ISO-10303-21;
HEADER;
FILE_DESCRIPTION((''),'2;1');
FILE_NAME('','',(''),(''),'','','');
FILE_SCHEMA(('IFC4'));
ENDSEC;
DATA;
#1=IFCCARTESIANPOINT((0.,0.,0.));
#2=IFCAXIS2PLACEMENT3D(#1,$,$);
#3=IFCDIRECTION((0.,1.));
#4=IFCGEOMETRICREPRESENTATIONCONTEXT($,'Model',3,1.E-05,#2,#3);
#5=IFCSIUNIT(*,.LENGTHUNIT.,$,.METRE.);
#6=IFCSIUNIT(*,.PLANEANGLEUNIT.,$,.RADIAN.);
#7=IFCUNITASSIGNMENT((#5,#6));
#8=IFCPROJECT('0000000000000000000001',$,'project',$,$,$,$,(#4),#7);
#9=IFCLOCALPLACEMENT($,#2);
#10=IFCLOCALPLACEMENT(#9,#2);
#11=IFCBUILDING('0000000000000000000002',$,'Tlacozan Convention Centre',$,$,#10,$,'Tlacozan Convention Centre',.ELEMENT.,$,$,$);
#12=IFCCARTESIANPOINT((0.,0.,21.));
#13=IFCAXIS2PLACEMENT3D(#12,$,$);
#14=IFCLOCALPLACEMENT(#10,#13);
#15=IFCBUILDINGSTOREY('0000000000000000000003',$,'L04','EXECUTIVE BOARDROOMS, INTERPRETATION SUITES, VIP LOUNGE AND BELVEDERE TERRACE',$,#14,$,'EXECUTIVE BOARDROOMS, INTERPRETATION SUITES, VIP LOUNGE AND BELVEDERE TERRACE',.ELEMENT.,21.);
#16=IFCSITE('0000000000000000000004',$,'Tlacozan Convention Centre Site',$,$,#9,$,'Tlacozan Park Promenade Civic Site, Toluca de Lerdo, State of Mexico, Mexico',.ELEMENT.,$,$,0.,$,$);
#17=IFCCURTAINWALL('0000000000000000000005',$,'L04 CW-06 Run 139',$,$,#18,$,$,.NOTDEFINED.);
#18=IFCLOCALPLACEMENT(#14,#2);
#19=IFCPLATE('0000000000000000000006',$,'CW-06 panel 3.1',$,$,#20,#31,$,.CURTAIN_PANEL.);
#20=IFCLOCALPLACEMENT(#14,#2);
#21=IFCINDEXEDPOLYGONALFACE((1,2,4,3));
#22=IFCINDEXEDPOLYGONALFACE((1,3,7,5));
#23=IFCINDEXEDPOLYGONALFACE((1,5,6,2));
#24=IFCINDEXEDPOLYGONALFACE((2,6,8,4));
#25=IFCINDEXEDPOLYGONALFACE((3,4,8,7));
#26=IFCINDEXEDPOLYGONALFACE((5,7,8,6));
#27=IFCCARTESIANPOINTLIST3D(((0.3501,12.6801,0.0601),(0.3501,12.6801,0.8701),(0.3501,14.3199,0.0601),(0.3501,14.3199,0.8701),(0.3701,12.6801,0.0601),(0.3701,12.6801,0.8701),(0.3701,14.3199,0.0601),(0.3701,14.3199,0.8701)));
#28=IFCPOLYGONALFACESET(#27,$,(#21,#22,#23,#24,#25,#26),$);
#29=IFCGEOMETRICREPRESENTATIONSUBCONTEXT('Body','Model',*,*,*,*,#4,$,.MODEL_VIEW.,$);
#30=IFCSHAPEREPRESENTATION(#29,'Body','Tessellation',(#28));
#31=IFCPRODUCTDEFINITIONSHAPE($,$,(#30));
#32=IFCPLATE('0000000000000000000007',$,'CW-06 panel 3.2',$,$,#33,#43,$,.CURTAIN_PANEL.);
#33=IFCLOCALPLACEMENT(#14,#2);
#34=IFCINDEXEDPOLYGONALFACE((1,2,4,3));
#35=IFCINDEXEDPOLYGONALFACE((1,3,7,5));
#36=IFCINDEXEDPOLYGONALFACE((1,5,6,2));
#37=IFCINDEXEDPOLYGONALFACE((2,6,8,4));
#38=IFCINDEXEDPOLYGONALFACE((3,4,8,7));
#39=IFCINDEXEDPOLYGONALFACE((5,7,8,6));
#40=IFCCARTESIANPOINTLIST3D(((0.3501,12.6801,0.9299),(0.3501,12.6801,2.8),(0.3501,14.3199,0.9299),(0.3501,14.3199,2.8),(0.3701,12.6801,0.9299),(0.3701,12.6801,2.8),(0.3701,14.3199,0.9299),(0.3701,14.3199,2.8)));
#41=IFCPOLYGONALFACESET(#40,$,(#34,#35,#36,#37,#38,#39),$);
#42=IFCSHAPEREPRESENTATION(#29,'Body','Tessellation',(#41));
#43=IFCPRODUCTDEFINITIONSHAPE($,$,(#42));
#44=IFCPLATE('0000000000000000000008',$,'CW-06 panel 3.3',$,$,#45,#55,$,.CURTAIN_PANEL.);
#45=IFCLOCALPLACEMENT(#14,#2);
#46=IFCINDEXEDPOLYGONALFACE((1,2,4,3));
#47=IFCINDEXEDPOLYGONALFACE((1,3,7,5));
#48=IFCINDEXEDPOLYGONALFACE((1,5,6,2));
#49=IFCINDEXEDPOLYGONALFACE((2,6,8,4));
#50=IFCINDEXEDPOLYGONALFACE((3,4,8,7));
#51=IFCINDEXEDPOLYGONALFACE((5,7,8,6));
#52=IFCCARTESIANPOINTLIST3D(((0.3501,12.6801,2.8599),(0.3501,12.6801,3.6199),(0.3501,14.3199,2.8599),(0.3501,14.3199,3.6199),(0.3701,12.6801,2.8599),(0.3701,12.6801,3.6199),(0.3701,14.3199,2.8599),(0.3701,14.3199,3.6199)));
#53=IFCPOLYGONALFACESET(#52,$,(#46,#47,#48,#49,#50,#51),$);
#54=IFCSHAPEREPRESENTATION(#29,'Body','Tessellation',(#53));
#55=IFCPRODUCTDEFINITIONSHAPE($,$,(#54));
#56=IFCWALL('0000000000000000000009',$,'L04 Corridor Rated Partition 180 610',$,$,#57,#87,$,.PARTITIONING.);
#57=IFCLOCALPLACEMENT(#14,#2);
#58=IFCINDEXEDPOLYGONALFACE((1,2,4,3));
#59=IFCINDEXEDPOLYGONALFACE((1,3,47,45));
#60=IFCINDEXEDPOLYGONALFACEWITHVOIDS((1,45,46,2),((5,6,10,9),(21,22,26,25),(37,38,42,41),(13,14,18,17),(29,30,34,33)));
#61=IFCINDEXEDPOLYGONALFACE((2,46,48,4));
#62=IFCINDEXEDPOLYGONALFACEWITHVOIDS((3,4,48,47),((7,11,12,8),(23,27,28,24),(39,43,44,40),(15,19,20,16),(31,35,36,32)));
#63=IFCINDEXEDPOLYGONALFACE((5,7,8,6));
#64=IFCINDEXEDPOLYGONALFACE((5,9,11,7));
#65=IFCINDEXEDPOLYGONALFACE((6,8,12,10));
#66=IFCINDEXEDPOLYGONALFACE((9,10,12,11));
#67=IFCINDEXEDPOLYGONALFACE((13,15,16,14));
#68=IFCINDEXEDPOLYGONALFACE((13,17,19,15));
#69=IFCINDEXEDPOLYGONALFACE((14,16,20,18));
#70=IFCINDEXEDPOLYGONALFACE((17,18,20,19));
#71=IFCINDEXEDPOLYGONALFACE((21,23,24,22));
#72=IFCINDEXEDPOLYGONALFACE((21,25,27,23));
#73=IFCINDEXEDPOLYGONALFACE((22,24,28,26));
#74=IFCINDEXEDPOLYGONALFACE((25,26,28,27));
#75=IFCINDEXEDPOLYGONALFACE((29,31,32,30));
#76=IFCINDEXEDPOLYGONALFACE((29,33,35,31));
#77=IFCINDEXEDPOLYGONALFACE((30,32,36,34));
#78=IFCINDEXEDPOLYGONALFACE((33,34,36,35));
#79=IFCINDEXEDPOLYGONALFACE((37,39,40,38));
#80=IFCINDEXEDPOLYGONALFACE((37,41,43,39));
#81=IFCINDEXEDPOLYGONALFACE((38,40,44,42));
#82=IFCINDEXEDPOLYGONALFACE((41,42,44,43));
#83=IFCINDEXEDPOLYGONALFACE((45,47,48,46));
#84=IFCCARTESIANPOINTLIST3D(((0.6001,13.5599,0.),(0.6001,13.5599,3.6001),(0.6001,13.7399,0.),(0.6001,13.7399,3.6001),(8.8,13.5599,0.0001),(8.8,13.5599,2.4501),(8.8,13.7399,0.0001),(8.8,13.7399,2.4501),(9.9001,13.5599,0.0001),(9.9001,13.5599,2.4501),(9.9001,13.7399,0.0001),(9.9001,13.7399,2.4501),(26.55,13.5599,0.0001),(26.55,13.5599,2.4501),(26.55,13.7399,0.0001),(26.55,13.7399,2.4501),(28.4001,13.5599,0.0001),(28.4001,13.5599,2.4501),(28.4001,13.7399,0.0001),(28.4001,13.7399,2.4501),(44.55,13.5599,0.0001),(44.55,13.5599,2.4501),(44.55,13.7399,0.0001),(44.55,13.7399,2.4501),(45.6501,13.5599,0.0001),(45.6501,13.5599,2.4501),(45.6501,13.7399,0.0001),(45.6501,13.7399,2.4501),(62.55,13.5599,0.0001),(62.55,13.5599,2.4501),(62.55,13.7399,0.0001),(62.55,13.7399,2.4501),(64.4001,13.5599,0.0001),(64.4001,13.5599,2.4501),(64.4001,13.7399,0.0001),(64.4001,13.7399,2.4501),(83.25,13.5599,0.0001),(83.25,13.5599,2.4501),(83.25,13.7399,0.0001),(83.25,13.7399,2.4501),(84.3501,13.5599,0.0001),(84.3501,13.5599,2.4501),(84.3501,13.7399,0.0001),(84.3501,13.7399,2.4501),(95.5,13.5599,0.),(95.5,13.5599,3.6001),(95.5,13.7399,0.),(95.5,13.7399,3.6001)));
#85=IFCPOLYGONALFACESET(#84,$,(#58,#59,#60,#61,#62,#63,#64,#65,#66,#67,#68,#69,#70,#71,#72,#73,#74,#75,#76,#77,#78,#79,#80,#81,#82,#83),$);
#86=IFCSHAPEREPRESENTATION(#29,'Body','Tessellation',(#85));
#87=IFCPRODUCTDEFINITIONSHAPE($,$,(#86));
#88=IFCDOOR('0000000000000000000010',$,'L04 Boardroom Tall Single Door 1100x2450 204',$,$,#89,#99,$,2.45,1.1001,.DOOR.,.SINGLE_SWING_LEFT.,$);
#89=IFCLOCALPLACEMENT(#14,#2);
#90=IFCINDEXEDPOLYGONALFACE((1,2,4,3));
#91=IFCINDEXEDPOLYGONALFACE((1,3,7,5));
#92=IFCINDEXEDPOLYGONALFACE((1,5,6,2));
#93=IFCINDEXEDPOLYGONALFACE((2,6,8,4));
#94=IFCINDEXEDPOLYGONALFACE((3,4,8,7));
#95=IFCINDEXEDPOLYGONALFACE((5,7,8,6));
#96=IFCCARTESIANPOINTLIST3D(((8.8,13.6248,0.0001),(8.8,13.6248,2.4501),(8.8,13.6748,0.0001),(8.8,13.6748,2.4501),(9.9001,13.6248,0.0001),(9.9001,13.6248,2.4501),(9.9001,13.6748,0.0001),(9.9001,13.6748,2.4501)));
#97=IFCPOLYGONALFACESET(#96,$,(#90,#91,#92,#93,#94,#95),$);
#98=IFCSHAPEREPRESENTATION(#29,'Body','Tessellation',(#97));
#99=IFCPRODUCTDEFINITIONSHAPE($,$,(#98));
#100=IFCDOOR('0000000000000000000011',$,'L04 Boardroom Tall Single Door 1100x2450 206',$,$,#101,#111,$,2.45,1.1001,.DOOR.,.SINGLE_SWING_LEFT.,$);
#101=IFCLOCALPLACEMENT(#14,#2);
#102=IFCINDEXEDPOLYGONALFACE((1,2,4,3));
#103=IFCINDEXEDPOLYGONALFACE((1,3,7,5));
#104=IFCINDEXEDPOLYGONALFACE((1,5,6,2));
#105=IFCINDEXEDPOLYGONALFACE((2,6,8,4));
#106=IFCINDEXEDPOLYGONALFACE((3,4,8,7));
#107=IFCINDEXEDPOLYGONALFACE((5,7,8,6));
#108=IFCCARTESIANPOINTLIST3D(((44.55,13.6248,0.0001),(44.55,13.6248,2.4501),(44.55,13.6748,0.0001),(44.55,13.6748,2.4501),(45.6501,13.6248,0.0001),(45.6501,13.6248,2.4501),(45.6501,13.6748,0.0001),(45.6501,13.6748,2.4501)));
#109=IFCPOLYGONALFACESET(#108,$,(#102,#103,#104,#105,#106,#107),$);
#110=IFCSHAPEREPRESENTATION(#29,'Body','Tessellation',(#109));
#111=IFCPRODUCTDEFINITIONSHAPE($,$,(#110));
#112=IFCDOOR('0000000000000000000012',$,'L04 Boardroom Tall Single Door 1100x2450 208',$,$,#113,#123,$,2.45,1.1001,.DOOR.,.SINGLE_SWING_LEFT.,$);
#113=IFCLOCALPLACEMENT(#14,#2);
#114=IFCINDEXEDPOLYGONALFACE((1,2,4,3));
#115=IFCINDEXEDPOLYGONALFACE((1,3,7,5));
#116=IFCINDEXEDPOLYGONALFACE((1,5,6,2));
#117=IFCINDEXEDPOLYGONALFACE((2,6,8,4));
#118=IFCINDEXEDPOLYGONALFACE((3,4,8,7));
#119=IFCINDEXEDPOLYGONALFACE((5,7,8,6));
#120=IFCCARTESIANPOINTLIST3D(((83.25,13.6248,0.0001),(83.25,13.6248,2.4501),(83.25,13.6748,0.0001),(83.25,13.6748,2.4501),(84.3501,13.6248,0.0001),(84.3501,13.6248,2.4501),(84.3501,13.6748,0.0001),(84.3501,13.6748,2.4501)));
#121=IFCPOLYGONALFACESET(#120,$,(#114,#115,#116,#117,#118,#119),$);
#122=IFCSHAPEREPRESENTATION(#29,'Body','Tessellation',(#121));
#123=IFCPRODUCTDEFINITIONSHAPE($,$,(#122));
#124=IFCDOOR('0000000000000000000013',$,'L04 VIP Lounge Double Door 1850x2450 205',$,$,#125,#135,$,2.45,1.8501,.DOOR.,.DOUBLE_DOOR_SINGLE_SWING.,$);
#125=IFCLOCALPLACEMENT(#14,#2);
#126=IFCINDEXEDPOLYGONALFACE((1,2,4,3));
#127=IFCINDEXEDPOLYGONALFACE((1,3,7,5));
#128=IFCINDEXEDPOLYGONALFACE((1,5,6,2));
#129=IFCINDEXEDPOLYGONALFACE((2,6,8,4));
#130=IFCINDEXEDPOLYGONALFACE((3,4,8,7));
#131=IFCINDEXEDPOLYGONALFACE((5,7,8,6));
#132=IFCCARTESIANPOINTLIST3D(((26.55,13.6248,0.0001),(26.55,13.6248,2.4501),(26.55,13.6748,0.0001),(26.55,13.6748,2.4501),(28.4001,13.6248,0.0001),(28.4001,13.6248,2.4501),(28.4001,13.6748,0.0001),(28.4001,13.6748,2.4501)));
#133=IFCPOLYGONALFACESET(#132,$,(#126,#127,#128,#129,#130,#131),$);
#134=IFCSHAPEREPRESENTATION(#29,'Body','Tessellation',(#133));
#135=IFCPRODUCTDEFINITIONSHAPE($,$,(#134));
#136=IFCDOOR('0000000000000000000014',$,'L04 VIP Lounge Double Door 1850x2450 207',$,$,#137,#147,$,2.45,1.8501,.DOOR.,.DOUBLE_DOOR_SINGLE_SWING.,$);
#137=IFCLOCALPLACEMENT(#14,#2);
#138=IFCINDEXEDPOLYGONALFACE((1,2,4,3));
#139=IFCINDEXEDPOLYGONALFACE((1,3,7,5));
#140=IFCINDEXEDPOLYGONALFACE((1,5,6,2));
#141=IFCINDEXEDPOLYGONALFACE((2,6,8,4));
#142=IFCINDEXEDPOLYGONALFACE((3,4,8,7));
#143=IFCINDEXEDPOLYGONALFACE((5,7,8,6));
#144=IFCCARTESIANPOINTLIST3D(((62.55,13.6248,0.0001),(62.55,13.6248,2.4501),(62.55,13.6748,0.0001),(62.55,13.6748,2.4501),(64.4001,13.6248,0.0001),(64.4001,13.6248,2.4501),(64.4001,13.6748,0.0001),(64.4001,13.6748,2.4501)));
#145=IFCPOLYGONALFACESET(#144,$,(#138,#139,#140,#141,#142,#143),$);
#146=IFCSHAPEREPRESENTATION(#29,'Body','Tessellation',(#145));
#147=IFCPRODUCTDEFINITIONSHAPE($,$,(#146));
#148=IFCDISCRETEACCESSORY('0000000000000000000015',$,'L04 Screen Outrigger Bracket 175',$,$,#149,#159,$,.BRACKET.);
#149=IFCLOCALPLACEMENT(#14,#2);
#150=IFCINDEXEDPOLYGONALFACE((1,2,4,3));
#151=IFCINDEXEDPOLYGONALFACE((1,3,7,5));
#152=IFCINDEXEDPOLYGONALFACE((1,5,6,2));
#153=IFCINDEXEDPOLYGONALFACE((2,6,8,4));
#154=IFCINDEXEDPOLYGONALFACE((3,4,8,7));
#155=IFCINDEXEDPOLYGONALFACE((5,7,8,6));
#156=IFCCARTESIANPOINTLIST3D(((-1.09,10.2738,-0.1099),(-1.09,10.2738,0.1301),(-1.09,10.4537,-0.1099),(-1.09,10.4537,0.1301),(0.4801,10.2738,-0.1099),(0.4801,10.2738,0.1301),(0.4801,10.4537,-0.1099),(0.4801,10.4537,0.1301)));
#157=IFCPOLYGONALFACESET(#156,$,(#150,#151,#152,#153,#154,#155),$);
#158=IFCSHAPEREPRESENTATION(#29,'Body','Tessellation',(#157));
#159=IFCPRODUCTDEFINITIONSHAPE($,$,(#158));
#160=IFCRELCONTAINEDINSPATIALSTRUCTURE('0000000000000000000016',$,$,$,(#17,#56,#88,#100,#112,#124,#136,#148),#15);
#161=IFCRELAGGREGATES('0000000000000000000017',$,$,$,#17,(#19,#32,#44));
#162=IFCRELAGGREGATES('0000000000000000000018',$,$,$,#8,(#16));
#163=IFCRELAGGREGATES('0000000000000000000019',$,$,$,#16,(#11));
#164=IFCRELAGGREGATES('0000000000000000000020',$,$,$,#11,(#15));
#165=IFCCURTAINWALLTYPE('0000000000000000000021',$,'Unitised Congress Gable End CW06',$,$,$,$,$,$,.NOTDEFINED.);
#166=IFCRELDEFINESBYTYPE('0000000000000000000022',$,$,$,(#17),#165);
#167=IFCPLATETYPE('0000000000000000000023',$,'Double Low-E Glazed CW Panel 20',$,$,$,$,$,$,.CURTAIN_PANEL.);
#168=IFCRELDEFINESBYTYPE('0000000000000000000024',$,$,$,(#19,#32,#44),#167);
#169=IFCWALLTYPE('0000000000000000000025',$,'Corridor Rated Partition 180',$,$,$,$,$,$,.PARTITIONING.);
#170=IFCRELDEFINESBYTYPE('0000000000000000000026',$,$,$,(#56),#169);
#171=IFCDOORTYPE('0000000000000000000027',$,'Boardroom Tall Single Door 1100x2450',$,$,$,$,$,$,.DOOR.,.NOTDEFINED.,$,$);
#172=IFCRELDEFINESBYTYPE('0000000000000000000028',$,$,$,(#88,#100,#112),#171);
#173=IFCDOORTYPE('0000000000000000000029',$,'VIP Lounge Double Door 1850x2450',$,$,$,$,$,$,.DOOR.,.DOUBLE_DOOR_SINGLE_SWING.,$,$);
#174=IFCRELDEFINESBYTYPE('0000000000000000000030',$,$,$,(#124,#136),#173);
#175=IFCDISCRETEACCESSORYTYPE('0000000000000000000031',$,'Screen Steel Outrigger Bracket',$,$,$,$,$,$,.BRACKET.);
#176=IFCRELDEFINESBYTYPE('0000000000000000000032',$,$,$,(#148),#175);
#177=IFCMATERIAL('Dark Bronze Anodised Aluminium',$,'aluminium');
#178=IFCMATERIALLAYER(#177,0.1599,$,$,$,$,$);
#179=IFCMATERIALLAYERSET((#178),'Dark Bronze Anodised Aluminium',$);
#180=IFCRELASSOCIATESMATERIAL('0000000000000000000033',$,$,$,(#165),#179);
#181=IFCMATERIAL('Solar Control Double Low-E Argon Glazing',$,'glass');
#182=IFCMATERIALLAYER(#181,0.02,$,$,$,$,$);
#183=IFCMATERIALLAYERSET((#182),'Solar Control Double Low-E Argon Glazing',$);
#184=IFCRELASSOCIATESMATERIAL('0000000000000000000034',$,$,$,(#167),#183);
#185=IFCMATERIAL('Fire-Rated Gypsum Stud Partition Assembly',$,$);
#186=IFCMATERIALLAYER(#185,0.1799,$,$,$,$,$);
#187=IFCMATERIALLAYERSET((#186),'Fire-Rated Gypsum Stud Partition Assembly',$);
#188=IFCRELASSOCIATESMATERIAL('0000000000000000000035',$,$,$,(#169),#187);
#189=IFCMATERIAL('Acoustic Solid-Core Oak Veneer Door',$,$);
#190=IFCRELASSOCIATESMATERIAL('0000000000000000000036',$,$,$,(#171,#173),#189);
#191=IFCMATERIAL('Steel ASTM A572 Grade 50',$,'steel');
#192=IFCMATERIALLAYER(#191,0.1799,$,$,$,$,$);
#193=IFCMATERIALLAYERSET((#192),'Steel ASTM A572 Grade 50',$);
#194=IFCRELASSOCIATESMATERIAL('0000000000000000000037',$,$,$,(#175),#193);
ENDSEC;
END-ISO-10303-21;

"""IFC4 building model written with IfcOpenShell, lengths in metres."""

from ifc_helpers import new_model, si_unit, direction, frame, frame_2d, origin, origin_2d, place, context, subcontext, project, spatial, rectangle, extrude, material, layer, layer_set, type_object, element, fill, aggregate, save


model = new_model("IFC4")

# Units and contexts
model_context = context("Model", 3, precision=1e-05, world=origin(), true_north=direction((0.0, 1.0)))
body_context = subcontext(model_context, "Body", "Model", "MODEL_VIEW")
ifc_project = project(units=[si_unit("LENGTHUNIT", "METRE"), si_unit("PLANEANGLEUNIT", "RADIAN")], contexts=[model_context])

# Site, building, storey
site_placement = place(None, origin())
site = spatial("IfcSite", under=ifc_project, at=site_placement, Name="Tlacozan Convention Centre Site", LongName="Tlacozan Park Promenade Civic Site, Toluca de Lerdo, State of Mexico, Mexico", CompositionType="ELEMENT", RefElevation=0.0)
building_placement = place(site_placement, origin())
building = spatial("IfcBuilding", under=site, at=building_placement, Name="Tlacozan Convention Centre", LongName="Tlacozan Convention Centre", CompositionType="ELEMENT")
storey_placement = place(building_placement, frame((0.0, 0.0, 21.0)))
storey = spatial("IfcBuildingStorey", under=building, at=storey_placement, Name="L04", Description="EXECUTIVE BOARDROOMS, INTERPRETATION SUITES, VIP LOUNGE AND BELVEDERE TERRACE", LongName="EXECUTIVE BOARDROOMS, INTERPRETATION SUITES, VIP LOUNGE AND BELVEDERE TERRACE", CompositionType="ELEMENT", Elevation=21.0)

# Curtain wall
ifc_material_1 = material(Name="Dark Bronze Anodised Aluminium", Category="aluminium")
ifc_layer_1 = layer(ifc_material_1, 0.1599)
ifc_layer_set_1 = layer_set([ifc_layer_1], Name="Dark Bronze Anodised Aluminium")
curtain_wall_type = type_object("IfcCurtainWallType", Name="Unitised Congress Gable End CW06", PredefinedType="NOTDEFINED", material=ifc_layer_set_1)
curtain_wall_placement = place(storey_placement, origin())
curtain_wall = element("IfcCurtainWall", 1, at=curtain_wall_placement, inside=storey, type_object=curtain_wall_type, Name="L04 CW-06 Run 139", PredefinedType="NOTDEFINED")

# Plates
ifc_material_2 = material(Name="Solar Control Double Low-E Argon Glazing", Category="glass")
ifc_layer_2 = layer(ifc_material_2, 0.02)
ifc_layer_set_2 = layer_set([ifc_layer_2], Name="Solar Control Double Low-E Argon Glazing")
plate_type = type_object("IfcPlateType", Name="Double Low-E Glazed CW Panel 20", PredefinedType="CURTAIN_PANEL", material=ifc_layer_set_2)
plate_1_placement = place(storey_placement, frame((0.3601, 13.5, 0.0601), z_axis=(0.0, 0.0, 1.0), x_axis=(0.0, 1.0, 0.0)))
plate_1 = element("IfcPlate", 2, at=plate_1_placement, type_object=plate_type, Name="CW-06 panel 3.1", PredefinedType="CURTAIN_PANEL", context=body_context, shape_type="SweptSolid", body=[
    extrude(rectangle(XDim=1.6399, YDim=0.02, at=origin_2d()), origin(), (0.0, 0.0, 1.0), 0.8101),
])
plate_2_placement = place(storey_placement, frame((0.3601, 13.5, 0.9299), z_axis=(0.0, 0.0, 1.0), x_axis=(0.0, 1.0, 0.0)))
plate_2 = element("IfcPlate", 3, at=plate_2_placement, type_object=plate_type, Name="CW-06 panel 3.2", PredefinedType="CURTAIN_PANEL", context=body_context, shape_type="SweptSolid", body=[
    extrude(rectangle(XDim=1.6399, YDim=0.02, at=origin_2d()), origin(), (0.0, 0.0, 1.0), 1.8701),
])
plate_3_placement = place(storey_placement, frame((0.3601, 13.5, 2.8599), z_axis=(0.0, 0.0, 1.0), x_axis=(0.0, 1.0, 0.0)))
plate_3 = element("IfcPlate", 4, at=plate_3_placement, type_object=plate_type, Name="CW-06 panel 3.3", PredefinedType="CURTAIN_PANEL", context=body_context, shape_type="SweptSolid", body=[
    extrude(rectangle(XDim=1.6399, YDim=0.02, at=origin_2d()), origin(), (0.0, 0.0, 1.0), 0.76),
])
aggregate(curtain_wall, [plate_1, plate_2, plate_3])

# Wall, openings, doors
ifc_material_3 = material(Name="Fire-Rated Gypsum Stud Partition Assembly")
ifc_layer_3 = layer(ifc_material_3, 0.1799)
ifc_layer_set_3 = layer_set([ifc_layer_3], Name="Fire-Rated Gypsum Stud Partition Assembly")
wall_type = type_object("IfcWallType", Name="Corridor Rated Partition 180", PredefinedType="PARTITIONING", material=ifc_layer_set_3)
wall_placement = place(storey_placement, frame((0.6001, 13.6499, 0.0), z_axis=(0.0, 0.0, 1.0), x_axis=(1.0, 0.0, 0.0)))
wall = element("IfcWall", 5, at=wall_placement, inside=storey, type_object=wall_type, Name="L04 Corridor Rated Partition 180 610", PredefinedType="PARTITIONING", context=body_context, shape_type="SweptSolid", body=[
    extrude(rectangle(XDim=94.8999, YDim=0.1799, at=frame_2d((47.45, 0.0))), origin(), (0.0, 0.0, 1.0), 3.6001),
])
opening_1_placement = place(wall_placement, frame((8.2, 0.0, 0.0)))
opening_1 = element("IfcOpeningElement", 6, at=opening_1_placement, cuts=wall, PredefinedType="OPENING", context=body_context, shape_type="SweptSolid", body=[
    extrude(rectangle(XDim=1.1001, YDim=2.45, at=frame_2d((0.55, 1.2251))), frame((0.0, 0.0999, 0.0), z_axis=(0.0, -1.0, 0.0), x_axis=(1.0, 0.0, 0.0)), (0.0, 0.0, 1.0), 0.2),
])
opening_2_placement = place(wall_placement, frame((25.95, 0.0, 0.0)))
opening_2 = element("IfcOpeningElement", 7, at=opening_2_placement, cuts=wall, PredefinedType="OPENING", context=body_context, shape_type="SweptSolid", body=[
    extrude(rectangle(XDim=1.8501, YDim=2.45, at=frame_2d((0.925, 1.2251))), frame((0.0, 0.0999, 0.0), z_axis=(0.0, -1.0, 0.0), x_axis=(1.0, 0.0, 0.0)), (0.0, 0.0, 1.0), 0.2),
])
opening_3_placement = place(wall_placement, frame((43.95, 0.0, 0.0)))
opening_3 = element("IfcOpeningElement", 8, at=opening_3_placement, cuts=wall, PredefinedType="OPENING", context=body_context, shape_type="SweptSolid", body=[
    extrude(rectangle(XDim=1.1001, YDim=2.45, at=frame_2d((0.55, 1.2251))), frame((0.0, 0.0999, 0.0), z_axis=(0.0, -1.0, 0.0), x_axis=(1.0, 0.0, 0.0)), (0.0, 0.0, 1.0), 0.2),
])
opening_4_placement = place(wall_placement, frame((61.95, 0.0, 0.0)))
opening_4 = element("IfcOpeningElement", 9, at=opening_4_placement, cuts=wall, PredefinedType="OPENING", context=body_context, shape_type="SweptSolid", body=[
    extrude(rectangle(XDim=1.8501, YDim=2.45, at=frame_2d((0.925, 1.2251))), frame((0.0, 0.0999, 0.0), z_axis=(0.0, -1.0, 0.0), x_axis=(1.0, 0.0, 0.0)), (0.0, 0.0, 1.0), 0.2),
])
opening_5_placement = place(wall_placement, frame((82.6499, 0.0, 0.0)))
opening_5 = element("IfcOpeningElement", 10, at=opening_5_placement, cuts=wall, PredefinedType="OPENING", context=body_context, shape_type="SweptSolid", body=[
    extrude(rectangle(XDim=1.1001, YDim=2.45, at=frame_2d((0.55, 1.2251))), frame((0.0, 0.0999, 0.0), z_axis=(0.0, -1.0, 0.0), x_axis=(1.0, 0.0, 0.0)), (0.0, 0.0, 1.0), 0.2),
])
ifc_material_4 = material(Name="Acoustic Solid-Core Oak Veneer Door")
door_type_1 = type_object("IfcDoorType", Name="Boardroom Tall Single Door 1100x2450", OperationType="NOTDEFINED", PredefinedType="DOOR", material=ifc_material_4)
door_1_placement = place(opening_1_placement, origin())
door_1 = element("IfcDoor", 11, at=door_1_placement, inside=storey, type_object=door_type_1, Name="L04 Boardroom Tall Single Door 1100x2450 204", OperationType="SINGLE_SWING_LEFT", OverallHeight=2.45, OverallWidth=1.1001, PredefinedType="DOOR", context=body_context, shape_type="SweptSolid", body=[
    extrude(rectangle(XDim=1.1001, YDim=2.45, at=frame_2d((0.55, 1.2251))), frame((0.0, 0.0249, 0.0), z_axis=(0.0, -1.0, 0.0), x_axis=(1.0, 0.0, 0.0)), (0.0, 0.0, 1.0), 0.05),
])
fill(opening_1, door_1)
door_2_placement = place(opening_3_placement, origin())
door_2 = element("IfcDoor", 12, at=door_2_placement, inside=storey, type_object=door_type_1, Name="L04 Boardroom Tall Single Door 1100x2450 206", OperationType="SINGLE_SWING_LEFT", OverallHeight=2.45, OverallWidth=1.1001, PredefinedType="DOOR", context=body_context, shape_type="SweptSolid", body=[
    extrude(rectangle(XDim=1.1001, YDim=2.45, at=frame_2d((0.55, 1.2251))), frame((0.0, 0.0249, 0.0), z_axis=(0.0, -1.0, 0.0), x_axis=(1.0, 0.0, 0.0)), (0.0, 0.0, 1.0), 0.05),
])
fill(opening_3, door_2)
door_3_placement = place(opening_5_placement, origin())
door_3 = element("IfcDoor", 13, at=door_3_placement, inside=storey, type_object=door_type_1, Name="L04 Boardroom Tall Single Door 1100x2450 208", OperationType="SINGLE_SWING_LEFT", OverallHeight=2.45, OverallWidth=1.1001, PredefinedType="DOOR", context=body_context, shape_type="SweptSolid", body=[
    extrude(rectangle(XDim=1.1001, YDim=2.45, at=frame_2d((0.55, 1.2251))), frame((0.0, 0.0249, 0.0), z_axis=(0.0, -1.0, 0.0), x_axis=(1.0, 0.0, 0.0)), (0.0, 0.0, 1.0), 0.05),
])
fill(opening_5, door_3)
door_type_2 = type_object("IfcDoorType", Name="VIP Lounge Double Door 1850x2450", OperationType="DOUBLE_DOOR_SINGLE_SWING", PredefinedType="DOOR", material=ifc_material_4)
door_4_placement = place(opening_2_placement, origin())
door_4 = element("IfcDoor", 14, at=door_4_placement, inside=storey, type_object=door_type_2, Name="L04 VIP Lounge Double Door 1850x2450 205", OperationType="DOUBLE_DOOR_SINGLE_SWING", OverallHeight=2.45, OverallWidth=1.8501, PredefinedType="DOOR", context=body_context, shape_type="SweptSolid", body=[
    extrude(rectangle(XDim=1.8501, YDim=2.45, at=frame_2d((0.925, 1.2251))), frame((0.0, 0.0249, 0.0), z_axis=(0.0, -1.0, 0.0), x_axis=(1.0, 0.0, 0.0)), (0.0, 0.0, 1.0), 0.05),
])
fill(opening_2, door_4)
door_5_placement = place(opening_4_placement, origin())
door_5 = element("IfcDoor", 15, at=door_5_placement, inside=storey, type_object=door_type_2, Name="L04 VIP Lounge Double Door 1850x2450 207", OperationType="DOUBLE_DOOR_SINGLE_SWING", OverallHeight=2.45, OverallWidth=1.8501, PredefinedType="DOOR", context=body_context, shape_type="SweptSolid", body=[
    extrude(rectangle(XDim=1.8501, YDim=2.45, at=frame_2d((0.925, 1.2251))), frame((0.0, 0.0249, 0.0), z_axis=(0.0, -1.0, 0.0), x_axis=(1.0, 0.0, 0.0)), (0.0, 0.0, 1.0), 0.05),
])
fill(opening_4, door_5)

# Discrete accessory
ifc_material_5 = material(Name="Steel ASTM A572 Grade 50", Category="steel")
ifc_layer_4 = layer(ifc_material_5, 0.1799)
ifc_layer_set_4 = layer_set([ifc_layer_4], Name="Steel ASTM A572 Grade 50")
discrete_accessory_type = type_object("IfcDiscreteAccessoryType", Name="Screen Steel Outrigger Bracket", PredefinedType="BRACKET", material=ifc_layer_set_4)
discrete_accessory_placement = place(storey_placement, frame((-0.3049, 10.3638, -0.1099), z_axis=(0.0, 0.0, 1.0), x_axis=(1.0, 0.0, 0.0)))
element("IfcDiscreteAccessory", 16, at=discrete_accessory_placement, inside=storey, type_object=discrete_accessory_type, Name="L04 Screen Outrigger Bracket 175", PredefinedType="BRACKET", context=body_context, shape_type="SweptSolid", body=[
    extrude(rectangle(XDim=1.5701, YDim=0.1799, at=origin_2d()), origin(), (0.0, 0.0, 1.0), 0.24),
])

save(model, "model.ifc")
